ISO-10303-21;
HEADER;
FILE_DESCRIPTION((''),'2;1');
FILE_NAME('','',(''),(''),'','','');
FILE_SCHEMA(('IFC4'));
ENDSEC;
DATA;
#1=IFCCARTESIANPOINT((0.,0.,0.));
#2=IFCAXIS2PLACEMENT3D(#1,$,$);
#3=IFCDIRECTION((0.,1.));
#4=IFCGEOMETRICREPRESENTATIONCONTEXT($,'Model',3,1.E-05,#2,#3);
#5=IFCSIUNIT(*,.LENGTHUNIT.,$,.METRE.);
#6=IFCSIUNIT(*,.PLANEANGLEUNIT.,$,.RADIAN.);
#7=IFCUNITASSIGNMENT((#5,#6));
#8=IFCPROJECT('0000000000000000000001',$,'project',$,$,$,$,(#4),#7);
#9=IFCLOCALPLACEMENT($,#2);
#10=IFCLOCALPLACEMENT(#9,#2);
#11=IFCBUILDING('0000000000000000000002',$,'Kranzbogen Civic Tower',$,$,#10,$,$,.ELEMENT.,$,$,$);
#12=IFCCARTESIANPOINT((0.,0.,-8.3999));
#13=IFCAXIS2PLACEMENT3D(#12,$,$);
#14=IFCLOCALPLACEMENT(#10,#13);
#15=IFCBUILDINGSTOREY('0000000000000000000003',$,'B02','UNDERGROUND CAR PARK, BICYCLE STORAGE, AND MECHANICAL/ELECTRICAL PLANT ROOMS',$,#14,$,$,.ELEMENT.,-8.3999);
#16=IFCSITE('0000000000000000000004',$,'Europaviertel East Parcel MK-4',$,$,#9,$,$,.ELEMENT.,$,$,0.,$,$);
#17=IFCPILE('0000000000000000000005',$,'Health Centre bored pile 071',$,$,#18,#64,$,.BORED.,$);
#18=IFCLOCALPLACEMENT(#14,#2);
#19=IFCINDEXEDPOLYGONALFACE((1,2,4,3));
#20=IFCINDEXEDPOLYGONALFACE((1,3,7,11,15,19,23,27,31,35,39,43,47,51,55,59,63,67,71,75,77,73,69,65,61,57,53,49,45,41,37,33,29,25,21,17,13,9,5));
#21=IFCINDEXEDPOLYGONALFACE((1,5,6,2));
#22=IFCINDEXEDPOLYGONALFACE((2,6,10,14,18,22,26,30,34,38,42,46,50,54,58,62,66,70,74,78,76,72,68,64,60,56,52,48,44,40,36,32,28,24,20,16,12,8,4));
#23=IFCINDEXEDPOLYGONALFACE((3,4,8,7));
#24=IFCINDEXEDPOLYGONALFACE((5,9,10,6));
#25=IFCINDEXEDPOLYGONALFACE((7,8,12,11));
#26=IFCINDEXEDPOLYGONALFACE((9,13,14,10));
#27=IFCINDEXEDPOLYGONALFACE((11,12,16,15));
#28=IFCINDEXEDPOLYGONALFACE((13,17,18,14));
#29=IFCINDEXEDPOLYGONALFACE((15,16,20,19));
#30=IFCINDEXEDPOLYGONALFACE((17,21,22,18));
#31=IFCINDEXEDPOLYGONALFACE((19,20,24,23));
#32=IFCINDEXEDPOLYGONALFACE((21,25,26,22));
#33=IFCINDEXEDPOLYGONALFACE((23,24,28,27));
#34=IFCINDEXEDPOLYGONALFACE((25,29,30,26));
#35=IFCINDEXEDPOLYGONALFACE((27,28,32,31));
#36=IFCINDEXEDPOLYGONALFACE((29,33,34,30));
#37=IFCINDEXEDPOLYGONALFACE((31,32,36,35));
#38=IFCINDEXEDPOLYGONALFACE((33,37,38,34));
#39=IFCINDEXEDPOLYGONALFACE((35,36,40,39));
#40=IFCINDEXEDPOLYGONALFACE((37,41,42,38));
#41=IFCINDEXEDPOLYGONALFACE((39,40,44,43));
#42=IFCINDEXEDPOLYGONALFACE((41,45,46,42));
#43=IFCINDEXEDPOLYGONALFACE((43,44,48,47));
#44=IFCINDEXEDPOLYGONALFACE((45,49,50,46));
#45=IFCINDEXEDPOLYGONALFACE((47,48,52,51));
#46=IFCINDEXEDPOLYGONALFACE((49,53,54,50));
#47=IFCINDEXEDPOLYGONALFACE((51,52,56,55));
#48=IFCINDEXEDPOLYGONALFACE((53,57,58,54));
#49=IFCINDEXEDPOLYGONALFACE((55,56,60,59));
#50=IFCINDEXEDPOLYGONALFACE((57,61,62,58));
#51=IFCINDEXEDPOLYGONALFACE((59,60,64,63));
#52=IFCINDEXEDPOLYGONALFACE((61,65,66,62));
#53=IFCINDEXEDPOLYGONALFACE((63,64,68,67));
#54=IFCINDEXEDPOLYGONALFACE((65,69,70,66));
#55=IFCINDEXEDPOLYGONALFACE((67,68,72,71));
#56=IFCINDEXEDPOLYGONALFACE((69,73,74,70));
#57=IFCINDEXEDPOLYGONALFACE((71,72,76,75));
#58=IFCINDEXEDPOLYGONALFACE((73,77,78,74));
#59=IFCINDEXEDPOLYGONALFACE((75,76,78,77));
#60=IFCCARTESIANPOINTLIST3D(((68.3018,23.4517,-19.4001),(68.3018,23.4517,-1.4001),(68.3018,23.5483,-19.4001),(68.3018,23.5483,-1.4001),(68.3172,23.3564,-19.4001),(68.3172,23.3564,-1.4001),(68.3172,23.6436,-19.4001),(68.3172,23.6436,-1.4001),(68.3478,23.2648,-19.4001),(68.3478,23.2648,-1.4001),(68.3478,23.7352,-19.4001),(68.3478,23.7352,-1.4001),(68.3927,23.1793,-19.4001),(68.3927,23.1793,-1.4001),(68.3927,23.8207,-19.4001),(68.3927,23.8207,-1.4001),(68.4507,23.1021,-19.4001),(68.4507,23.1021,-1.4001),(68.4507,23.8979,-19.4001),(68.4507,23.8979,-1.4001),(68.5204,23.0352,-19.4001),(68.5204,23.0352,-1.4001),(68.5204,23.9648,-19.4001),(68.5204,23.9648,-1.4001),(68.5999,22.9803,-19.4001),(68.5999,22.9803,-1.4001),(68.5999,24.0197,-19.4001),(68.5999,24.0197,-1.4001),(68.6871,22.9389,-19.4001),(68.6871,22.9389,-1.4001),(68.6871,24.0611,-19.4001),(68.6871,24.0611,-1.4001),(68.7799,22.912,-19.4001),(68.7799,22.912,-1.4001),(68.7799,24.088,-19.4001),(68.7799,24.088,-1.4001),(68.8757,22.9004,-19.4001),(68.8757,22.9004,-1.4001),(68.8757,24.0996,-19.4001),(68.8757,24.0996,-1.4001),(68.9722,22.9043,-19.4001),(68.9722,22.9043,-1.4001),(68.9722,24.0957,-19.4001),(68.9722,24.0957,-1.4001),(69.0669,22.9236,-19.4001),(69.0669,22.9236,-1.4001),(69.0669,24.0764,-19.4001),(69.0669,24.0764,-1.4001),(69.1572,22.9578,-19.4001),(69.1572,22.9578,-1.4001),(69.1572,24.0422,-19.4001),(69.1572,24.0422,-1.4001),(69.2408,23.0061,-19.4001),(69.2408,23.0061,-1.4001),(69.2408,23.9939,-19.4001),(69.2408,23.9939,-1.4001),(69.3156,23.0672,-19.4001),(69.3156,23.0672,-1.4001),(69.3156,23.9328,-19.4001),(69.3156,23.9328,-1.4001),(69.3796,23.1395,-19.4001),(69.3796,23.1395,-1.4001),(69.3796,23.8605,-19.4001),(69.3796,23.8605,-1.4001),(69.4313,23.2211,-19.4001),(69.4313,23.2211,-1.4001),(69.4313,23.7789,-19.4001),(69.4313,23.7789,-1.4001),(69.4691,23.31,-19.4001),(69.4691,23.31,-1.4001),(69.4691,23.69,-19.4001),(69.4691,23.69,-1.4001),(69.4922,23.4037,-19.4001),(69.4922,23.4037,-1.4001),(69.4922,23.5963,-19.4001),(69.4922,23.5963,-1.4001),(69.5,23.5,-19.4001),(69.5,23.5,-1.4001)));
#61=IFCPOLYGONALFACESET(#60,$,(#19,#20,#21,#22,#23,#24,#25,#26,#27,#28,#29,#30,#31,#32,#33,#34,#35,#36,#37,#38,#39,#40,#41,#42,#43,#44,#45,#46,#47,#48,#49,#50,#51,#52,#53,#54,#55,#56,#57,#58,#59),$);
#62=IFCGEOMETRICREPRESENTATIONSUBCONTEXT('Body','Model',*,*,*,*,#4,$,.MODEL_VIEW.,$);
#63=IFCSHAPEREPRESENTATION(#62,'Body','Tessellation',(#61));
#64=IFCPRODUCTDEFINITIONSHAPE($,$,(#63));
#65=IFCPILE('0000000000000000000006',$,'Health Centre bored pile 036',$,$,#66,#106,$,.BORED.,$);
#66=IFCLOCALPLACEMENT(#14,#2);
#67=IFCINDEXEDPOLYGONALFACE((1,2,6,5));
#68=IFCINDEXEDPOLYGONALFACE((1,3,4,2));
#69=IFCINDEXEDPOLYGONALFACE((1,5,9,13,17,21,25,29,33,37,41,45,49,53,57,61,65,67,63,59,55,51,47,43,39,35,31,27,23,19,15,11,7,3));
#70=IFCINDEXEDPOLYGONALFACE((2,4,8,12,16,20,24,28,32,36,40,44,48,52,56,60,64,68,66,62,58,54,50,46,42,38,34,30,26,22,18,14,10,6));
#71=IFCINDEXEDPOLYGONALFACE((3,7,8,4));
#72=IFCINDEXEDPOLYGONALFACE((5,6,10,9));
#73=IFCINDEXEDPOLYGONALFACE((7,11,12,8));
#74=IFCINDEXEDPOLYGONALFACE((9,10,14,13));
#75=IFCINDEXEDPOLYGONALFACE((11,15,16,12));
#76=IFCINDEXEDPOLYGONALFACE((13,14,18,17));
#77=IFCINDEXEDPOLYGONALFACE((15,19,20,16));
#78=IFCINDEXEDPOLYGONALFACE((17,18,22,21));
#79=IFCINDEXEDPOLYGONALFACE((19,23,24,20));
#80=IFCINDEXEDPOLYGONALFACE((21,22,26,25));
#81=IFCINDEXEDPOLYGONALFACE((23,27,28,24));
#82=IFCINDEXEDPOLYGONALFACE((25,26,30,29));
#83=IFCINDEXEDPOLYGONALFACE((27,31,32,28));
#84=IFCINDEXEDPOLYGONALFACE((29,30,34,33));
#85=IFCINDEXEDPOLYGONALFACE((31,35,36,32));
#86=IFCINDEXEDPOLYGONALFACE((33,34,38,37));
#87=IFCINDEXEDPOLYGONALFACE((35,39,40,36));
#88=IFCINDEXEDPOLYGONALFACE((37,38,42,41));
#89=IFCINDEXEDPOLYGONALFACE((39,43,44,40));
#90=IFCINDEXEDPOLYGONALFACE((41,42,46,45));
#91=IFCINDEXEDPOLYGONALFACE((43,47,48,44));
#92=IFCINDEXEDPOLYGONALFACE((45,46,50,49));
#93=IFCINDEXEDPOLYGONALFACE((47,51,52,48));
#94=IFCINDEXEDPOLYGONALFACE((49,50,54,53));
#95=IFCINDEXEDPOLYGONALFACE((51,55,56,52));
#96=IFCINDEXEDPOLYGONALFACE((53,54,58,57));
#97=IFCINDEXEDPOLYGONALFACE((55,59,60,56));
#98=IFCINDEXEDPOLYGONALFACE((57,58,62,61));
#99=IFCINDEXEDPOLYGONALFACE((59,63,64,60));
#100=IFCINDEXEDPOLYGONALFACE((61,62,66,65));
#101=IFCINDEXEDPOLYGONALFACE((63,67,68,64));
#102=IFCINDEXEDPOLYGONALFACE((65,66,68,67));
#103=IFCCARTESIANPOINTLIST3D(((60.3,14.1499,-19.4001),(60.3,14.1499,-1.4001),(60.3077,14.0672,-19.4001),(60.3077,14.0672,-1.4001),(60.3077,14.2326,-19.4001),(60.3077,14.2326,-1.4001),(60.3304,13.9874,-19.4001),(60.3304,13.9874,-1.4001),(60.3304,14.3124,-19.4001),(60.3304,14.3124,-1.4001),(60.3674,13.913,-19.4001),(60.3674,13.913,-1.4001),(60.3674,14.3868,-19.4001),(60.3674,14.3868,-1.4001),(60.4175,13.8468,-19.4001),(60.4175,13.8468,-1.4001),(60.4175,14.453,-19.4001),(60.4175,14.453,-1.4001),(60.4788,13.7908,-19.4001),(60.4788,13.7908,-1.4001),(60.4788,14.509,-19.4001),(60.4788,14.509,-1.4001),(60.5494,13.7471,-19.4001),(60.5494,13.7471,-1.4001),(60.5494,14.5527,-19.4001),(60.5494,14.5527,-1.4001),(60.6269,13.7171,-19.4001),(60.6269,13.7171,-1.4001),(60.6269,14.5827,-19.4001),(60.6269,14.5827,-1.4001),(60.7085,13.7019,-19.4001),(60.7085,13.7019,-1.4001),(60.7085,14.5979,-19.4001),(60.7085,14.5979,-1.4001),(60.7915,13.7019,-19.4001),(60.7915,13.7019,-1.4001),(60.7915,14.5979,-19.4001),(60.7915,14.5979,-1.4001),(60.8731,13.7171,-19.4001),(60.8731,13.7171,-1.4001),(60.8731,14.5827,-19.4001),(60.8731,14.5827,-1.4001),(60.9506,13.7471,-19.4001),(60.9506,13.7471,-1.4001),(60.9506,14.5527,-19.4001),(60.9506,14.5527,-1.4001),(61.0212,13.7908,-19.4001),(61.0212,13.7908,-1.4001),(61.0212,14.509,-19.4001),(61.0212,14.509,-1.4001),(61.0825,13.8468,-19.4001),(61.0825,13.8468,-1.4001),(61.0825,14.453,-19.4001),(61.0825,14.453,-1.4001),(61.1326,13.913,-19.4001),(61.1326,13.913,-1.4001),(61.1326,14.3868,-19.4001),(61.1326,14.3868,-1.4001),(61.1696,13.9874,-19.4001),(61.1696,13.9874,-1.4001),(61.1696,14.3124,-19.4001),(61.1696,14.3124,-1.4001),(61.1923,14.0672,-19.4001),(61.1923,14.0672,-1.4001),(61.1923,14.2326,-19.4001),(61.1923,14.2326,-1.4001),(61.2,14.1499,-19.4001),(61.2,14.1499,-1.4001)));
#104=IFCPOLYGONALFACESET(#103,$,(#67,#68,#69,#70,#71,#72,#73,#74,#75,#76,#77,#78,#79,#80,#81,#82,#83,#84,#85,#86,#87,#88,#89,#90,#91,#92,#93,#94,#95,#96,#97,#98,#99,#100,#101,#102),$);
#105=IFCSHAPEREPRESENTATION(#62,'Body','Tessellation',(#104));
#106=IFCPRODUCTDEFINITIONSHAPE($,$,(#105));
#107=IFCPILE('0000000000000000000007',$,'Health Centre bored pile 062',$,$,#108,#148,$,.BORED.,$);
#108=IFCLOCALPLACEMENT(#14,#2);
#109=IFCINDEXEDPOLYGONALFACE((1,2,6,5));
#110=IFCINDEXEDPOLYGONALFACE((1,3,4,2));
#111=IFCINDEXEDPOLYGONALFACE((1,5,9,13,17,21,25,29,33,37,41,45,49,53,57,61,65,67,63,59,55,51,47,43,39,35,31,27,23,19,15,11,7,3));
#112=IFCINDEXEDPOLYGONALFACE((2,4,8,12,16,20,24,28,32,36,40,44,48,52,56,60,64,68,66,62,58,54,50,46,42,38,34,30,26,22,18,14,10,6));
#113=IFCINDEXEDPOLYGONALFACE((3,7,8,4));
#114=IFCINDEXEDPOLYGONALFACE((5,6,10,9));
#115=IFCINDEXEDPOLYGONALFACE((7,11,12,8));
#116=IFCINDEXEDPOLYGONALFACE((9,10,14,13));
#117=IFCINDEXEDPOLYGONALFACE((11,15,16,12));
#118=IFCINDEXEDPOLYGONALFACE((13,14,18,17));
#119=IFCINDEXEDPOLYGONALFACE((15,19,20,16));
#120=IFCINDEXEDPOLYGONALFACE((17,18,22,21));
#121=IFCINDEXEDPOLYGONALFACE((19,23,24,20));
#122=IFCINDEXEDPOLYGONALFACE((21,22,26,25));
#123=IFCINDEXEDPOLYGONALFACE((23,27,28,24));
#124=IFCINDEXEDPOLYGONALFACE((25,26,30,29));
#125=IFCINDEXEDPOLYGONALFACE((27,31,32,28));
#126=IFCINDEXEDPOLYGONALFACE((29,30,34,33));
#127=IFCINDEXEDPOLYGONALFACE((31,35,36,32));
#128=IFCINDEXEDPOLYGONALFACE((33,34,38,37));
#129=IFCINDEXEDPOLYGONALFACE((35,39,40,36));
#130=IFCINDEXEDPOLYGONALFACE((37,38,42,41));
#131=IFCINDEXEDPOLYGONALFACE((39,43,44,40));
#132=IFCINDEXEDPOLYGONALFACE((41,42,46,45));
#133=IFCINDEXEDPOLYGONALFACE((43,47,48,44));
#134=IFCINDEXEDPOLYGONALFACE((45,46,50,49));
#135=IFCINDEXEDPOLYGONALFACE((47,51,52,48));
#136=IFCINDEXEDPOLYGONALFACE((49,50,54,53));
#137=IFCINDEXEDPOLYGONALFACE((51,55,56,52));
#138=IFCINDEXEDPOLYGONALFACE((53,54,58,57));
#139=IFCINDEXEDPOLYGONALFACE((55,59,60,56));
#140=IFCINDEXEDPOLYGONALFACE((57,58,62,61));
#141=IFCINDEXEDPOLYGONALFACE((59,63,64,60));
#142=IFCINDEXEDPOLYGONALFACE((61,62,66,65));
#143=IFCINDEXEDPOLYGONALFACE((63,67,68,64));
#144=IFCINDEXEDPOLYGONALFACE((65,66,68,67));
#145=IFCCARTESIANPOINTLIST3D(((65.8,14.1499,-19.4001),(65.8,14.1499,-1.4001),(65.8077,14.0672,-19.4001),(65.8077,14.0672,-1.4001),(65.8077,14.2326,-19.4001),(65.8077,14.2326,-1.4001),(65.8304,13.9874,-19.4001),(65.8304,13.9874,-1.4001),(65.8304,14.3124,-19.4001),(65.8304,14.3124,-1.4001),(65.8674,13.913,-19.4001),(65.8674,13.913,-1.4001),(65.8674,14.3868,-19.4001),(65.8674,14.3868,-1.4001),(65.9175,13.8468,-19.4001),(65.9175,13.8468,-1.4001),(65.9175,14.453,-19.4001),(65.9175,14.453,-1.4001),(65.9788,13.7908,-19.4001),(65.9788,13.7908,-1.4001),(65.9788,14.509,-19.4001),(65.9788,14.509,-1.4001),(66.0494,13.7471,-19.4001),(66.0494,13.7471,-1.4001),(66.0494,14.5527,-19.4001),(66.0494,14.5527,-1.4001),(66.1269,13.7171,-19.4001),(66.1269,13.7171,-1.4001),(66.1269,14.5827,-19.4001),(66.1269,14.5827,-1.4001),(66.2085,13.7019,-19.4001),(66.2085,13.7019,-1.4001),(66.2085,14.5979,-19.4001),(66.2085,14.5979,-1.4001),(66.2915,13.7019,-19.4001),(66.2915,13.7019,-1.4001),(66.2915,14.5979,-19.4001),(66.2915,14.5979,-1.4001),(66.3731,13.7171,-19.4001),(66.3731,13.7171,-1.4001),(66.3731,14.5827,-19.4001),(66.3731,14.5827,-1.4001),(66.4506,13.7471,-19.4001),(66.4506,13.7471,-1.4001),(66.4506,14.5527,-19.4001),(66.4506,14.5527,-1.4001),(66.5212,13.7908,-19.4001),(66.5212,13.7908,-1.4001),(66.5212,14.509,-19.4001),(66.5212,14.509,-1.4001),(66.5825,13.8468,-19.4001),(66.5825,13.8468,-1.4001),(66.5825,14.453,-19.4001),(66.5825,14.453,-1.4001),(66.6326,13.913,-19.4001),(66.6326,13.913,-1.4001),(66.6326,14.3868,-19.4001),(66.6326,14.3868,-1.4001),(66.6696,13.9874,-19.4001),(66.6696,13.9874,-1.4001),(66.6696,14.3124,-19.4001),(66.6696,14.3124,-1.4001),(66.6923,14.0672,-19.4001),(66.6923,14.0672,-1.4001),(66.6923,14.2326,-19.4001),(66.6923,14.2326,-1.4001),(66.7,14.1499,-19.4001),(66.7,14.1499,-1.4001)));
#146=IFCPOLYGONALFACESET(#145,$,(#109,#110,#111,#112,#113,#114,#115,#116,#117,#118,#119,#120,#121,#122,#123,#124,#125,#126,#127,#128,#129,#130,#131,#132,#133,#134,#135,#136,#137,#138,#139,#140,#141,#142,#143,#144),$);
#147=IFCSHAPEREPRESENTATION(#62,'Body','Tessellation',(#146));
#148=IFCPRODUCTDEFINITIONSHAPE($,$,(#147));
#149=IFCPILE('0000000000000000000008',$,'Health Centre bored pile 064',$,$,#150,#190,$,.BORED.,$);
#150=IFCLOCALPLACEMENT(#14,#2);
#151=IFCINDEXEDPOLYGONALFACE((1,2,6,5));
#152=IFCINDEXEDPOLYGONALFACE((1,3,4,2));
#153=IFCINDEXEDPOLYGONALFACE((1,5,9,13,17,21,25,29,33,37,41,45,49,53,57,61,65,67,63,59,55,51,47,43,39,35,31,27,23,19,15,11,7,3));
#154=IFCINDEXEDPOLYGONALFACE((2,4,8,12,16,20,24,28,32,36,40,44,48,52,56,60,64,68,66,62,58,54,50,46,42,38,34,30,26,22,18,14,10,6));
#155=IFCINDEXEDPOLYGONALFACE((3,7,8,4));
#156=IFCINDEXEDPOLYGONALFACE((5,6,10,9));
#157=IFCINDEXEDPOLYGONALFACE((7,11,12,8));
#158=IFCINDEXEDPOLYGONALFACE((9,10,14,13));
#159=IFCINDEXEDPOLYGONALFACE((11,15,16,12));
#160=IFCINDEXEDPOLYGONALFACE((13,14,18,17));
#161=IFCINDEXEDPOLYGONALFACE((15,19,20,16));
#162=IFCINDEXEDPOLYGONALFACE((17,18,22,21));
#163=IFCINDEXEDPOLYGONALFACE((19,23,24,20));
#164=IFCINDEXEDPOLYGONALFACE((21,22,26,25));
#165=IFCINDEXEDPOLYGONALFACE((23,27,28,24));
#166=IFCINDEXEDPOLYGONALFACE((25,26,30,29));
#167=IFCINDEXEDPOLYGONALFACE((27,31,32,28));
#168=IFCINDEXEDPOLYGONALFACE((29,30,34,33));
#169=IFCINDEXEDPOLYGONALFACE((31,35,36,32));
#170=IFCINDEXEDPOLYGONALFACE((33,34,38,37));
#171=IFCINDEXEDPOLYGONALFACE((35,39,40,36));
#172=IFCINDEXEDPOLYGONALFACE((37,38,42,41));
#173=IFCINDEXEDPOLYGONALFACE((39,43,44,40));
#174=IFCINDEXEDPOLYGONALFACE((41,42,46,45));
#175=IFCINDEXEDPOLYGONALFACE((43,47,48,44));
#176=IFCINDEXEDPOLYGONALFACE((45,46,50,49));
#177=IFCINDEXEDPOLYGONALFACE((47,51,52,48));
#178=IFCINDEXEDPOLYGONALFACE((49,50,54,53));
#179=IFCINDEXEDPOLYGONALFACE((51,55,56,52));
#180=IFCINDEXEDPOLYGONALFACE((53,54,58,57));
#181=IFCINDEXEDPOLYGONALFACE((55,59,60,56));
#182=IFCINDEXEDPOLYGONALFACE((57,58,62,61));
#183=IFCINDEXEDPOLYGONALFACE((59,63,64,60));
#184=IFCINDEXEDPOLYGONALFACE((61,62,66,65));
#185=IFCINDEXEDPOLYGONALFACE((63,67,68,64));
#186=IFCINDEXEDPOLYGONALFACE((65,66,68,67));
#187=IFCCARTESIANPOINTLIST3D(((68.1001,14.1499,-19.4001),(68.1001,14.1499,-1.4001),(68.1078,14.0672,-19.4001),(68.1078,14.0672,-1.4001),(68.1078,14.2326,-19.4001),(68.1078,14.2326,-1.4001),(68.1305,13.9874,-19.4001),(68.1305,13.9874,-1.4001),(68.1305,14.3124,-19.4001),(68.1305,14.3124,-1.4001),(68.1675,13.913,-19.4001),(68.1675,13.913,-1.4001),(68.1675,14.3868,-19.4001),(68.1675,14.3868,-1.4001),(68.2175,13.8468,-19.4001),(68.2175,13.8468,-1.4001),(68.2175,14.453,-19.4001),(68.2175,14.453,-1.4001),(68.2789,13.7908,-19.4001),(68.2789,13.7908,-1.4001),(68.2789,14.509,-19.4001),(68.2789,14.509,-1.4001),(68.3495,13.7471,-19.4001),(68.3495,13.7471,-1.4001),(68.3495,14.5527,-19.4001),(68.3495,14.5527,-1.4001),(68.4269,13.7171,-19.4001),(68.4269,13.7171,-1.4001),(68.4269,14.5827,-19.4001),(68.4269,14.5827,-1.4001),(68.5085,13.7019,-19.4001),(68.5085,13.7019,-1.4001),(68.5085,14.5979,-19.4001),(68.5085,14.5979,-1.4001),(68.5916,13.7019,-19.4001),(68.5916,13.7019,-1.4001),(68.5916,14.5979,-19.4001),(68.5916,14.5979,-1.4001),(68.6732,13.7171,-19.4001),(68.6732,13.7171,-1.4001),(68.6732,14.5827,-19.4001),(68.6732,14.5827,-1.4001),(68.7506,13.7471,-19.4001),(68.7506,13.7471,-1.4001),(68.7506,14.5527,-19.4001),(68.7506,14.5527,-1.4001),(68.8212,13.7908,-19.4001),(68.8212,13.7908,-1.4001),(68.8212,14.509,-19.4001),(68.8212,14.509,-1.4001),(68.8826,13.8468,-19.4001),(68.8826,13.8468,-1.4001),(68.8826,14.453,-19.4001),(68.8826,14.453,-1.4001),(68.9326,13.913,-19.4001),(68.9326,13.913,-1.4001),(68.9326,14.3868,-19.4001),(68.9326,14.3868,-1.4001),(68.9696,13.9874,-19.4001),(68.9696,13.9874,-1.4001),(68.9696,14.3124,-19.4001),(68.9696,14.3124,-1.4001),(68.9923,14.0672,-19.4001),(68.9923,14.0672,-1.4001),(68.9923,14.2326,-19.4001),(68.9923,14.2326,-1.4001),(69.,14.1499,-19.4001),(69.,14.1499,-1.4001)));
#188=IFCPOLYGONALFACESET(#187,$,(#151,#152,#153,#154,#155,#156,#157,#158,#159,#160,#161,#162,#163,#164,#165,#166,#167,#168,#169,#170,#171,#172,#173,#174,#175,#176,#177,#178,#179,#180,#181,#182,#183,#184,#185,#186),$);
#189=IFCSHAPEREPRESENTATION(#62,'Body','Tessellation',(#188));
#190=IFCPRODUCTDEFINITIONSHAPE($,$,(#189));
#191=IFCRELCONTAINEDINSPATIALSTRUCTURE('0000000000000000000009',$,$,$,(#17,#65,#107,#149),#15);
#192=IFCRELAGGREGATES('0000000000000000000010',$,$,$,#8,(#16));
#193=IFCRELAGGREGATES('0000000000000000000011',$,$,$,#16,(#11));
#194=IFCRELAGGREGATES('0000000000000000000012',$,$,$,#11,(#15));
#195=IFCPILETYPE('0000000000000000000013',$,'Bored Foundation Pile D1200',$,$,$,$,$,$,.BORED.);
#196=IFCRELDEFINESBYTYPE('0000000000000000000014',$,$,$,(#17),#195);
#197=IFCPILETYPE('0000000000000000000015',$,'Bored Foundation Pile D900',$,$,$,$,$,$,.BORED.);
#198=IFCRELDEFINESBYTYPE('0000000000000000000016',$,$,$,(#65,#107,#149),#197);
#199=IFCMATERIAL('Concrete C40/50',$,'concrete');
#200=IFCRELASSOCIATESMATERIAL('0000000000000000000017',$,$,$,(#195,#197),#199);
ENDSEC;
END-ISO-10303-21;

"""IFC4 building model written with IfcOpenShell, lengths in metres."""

from ifc_helpers import new_model, si_unit, direction, frame, origin, origin_2d, place, context, subcontext, project, spatial, circle, extrude, material, material_profile, profile_set, type_object, element, save


model = new_model("IFC4")

# Units and contexts
model_context = context("Model", 3, precision=1e-05, world=origin(), true_north=direction((0.0, 1.0)))
body_context = subcontext(model_context, "Body", "Model", "MODEL_VIEW")
ifc_project = project(units=[si_unit("LENGTHUNIT", "METRE"), si_unit("PLANEANGLEUNIT", "RADIAN")], contexts=[model_context])

# Site, building, storey
site_placement = place(None, origin())
site = spatial("IfcSite", under=ifc_project, at=site_placement, Name="Europaviertel East Parcel MK-4", CompositionType="ELEMENT", RefElevation=0.0)
building_placement = place(site_placement, origin())
building = spatial("IfcBuilding", under=site, at=building_placement, Name="Kranzbogen Civic Tower", CompositionType="ELEMENT")
storey_placement = place(building_placement, frame((0.0, 0.0, -8.3999)))
storey = spatial("IfcBuildingStorey", under=building, at=storey_placement, Name="B02", Description="UNDERGROUND CAR PARK, BICYCLE STORAGE, AND MECHANICAL/ELECTRICAL PLANT ROOMS", CompositionType="ELEMENT", Elevation=-8.3999)

# Piles
ifc_material_1 = material(Name="Concrete C40/50", Category="concrete")
ifc_material_profile_1 = material_profile(ifc_material_1, circle(Radius=0.6001, at=origin_2d()), Name="PILE D1200")
ifc_profile_set_1 = profile_set([ifc_material_profile_1], Name="Concrete C40/50")
pile_type_1 = type_object("IfcPileType", Name="Bored Foundation Pile D1200", PredefinedType="BORED", material=ifc_profile_set_1)
for number, where, z_axis, x_axis, name in (
    (1, (68.8999, 23.5, -1.4001), (0.0, 0.0, -1.0), (1.0, 0.0, 0.0), "Health Centre bored pile 071"),
):
    element("IfcPile", number, at=place(storey_placement, frame(where, z_axis=z_axis, x_axis=x_axis)), inside=storey, type_object=pile_type_1, Name=name, PredefinedType="BORED", context=body_context, shape_type="SweptSolid", body=[
        extrude(circle(Radius=0.6001, at=origin_2d()), origin(), (0.0, 0.0, 1.0), 18.0),
    ])
ifc_material_profile_2 = material_profile(ifc_material_1, circle(Radius=0.45, at=origin_2d()), Name="PILE D900")
ifc_profile_set_2 = profile_set([ifc_material_profile_2], Name="Concrete C40/50")
pile_type_2 = type_object("IfcPileType", Name="Bored Foundation Pile D900", PredefinedType="BORED", material=ifc_profile_set_2)
for number, where, z_axis, x_axis, name in (
    (2, (60.75, 14.1499, -1.4001), (0.0, 0.0, -1.0), (1.0, 0.0, 0.0), "Health Centre bored pile 036"),
    (3, (66.25, 14.1499, -1.4001), (0.0, 0.0, -1.0), (1.0, 0.0, 0.0), "Health Centre bored pile 062"),
    (4, (68.55, 14.1499, -1.4001), (0.0, 0.0, -1.0), (1.0, 0.0, 0.0), "Health Centre bored pile 064"),
):
    element("IfcPile", number, at=place(storey_placement, frame(where, z_axis=z_axis, x_axis=x_axis)), inside=storey, type_object=pile_type_2, Name=name, PredefinedType="BORED", context=body_context, shape_type="SweptSolid", body=[
        extrude(circle(Radius=0.45, at=origin_2d()), origin(), (0.0, 0.0, 1.0), 18.0),
    ])

save(model, "model.ifc")
